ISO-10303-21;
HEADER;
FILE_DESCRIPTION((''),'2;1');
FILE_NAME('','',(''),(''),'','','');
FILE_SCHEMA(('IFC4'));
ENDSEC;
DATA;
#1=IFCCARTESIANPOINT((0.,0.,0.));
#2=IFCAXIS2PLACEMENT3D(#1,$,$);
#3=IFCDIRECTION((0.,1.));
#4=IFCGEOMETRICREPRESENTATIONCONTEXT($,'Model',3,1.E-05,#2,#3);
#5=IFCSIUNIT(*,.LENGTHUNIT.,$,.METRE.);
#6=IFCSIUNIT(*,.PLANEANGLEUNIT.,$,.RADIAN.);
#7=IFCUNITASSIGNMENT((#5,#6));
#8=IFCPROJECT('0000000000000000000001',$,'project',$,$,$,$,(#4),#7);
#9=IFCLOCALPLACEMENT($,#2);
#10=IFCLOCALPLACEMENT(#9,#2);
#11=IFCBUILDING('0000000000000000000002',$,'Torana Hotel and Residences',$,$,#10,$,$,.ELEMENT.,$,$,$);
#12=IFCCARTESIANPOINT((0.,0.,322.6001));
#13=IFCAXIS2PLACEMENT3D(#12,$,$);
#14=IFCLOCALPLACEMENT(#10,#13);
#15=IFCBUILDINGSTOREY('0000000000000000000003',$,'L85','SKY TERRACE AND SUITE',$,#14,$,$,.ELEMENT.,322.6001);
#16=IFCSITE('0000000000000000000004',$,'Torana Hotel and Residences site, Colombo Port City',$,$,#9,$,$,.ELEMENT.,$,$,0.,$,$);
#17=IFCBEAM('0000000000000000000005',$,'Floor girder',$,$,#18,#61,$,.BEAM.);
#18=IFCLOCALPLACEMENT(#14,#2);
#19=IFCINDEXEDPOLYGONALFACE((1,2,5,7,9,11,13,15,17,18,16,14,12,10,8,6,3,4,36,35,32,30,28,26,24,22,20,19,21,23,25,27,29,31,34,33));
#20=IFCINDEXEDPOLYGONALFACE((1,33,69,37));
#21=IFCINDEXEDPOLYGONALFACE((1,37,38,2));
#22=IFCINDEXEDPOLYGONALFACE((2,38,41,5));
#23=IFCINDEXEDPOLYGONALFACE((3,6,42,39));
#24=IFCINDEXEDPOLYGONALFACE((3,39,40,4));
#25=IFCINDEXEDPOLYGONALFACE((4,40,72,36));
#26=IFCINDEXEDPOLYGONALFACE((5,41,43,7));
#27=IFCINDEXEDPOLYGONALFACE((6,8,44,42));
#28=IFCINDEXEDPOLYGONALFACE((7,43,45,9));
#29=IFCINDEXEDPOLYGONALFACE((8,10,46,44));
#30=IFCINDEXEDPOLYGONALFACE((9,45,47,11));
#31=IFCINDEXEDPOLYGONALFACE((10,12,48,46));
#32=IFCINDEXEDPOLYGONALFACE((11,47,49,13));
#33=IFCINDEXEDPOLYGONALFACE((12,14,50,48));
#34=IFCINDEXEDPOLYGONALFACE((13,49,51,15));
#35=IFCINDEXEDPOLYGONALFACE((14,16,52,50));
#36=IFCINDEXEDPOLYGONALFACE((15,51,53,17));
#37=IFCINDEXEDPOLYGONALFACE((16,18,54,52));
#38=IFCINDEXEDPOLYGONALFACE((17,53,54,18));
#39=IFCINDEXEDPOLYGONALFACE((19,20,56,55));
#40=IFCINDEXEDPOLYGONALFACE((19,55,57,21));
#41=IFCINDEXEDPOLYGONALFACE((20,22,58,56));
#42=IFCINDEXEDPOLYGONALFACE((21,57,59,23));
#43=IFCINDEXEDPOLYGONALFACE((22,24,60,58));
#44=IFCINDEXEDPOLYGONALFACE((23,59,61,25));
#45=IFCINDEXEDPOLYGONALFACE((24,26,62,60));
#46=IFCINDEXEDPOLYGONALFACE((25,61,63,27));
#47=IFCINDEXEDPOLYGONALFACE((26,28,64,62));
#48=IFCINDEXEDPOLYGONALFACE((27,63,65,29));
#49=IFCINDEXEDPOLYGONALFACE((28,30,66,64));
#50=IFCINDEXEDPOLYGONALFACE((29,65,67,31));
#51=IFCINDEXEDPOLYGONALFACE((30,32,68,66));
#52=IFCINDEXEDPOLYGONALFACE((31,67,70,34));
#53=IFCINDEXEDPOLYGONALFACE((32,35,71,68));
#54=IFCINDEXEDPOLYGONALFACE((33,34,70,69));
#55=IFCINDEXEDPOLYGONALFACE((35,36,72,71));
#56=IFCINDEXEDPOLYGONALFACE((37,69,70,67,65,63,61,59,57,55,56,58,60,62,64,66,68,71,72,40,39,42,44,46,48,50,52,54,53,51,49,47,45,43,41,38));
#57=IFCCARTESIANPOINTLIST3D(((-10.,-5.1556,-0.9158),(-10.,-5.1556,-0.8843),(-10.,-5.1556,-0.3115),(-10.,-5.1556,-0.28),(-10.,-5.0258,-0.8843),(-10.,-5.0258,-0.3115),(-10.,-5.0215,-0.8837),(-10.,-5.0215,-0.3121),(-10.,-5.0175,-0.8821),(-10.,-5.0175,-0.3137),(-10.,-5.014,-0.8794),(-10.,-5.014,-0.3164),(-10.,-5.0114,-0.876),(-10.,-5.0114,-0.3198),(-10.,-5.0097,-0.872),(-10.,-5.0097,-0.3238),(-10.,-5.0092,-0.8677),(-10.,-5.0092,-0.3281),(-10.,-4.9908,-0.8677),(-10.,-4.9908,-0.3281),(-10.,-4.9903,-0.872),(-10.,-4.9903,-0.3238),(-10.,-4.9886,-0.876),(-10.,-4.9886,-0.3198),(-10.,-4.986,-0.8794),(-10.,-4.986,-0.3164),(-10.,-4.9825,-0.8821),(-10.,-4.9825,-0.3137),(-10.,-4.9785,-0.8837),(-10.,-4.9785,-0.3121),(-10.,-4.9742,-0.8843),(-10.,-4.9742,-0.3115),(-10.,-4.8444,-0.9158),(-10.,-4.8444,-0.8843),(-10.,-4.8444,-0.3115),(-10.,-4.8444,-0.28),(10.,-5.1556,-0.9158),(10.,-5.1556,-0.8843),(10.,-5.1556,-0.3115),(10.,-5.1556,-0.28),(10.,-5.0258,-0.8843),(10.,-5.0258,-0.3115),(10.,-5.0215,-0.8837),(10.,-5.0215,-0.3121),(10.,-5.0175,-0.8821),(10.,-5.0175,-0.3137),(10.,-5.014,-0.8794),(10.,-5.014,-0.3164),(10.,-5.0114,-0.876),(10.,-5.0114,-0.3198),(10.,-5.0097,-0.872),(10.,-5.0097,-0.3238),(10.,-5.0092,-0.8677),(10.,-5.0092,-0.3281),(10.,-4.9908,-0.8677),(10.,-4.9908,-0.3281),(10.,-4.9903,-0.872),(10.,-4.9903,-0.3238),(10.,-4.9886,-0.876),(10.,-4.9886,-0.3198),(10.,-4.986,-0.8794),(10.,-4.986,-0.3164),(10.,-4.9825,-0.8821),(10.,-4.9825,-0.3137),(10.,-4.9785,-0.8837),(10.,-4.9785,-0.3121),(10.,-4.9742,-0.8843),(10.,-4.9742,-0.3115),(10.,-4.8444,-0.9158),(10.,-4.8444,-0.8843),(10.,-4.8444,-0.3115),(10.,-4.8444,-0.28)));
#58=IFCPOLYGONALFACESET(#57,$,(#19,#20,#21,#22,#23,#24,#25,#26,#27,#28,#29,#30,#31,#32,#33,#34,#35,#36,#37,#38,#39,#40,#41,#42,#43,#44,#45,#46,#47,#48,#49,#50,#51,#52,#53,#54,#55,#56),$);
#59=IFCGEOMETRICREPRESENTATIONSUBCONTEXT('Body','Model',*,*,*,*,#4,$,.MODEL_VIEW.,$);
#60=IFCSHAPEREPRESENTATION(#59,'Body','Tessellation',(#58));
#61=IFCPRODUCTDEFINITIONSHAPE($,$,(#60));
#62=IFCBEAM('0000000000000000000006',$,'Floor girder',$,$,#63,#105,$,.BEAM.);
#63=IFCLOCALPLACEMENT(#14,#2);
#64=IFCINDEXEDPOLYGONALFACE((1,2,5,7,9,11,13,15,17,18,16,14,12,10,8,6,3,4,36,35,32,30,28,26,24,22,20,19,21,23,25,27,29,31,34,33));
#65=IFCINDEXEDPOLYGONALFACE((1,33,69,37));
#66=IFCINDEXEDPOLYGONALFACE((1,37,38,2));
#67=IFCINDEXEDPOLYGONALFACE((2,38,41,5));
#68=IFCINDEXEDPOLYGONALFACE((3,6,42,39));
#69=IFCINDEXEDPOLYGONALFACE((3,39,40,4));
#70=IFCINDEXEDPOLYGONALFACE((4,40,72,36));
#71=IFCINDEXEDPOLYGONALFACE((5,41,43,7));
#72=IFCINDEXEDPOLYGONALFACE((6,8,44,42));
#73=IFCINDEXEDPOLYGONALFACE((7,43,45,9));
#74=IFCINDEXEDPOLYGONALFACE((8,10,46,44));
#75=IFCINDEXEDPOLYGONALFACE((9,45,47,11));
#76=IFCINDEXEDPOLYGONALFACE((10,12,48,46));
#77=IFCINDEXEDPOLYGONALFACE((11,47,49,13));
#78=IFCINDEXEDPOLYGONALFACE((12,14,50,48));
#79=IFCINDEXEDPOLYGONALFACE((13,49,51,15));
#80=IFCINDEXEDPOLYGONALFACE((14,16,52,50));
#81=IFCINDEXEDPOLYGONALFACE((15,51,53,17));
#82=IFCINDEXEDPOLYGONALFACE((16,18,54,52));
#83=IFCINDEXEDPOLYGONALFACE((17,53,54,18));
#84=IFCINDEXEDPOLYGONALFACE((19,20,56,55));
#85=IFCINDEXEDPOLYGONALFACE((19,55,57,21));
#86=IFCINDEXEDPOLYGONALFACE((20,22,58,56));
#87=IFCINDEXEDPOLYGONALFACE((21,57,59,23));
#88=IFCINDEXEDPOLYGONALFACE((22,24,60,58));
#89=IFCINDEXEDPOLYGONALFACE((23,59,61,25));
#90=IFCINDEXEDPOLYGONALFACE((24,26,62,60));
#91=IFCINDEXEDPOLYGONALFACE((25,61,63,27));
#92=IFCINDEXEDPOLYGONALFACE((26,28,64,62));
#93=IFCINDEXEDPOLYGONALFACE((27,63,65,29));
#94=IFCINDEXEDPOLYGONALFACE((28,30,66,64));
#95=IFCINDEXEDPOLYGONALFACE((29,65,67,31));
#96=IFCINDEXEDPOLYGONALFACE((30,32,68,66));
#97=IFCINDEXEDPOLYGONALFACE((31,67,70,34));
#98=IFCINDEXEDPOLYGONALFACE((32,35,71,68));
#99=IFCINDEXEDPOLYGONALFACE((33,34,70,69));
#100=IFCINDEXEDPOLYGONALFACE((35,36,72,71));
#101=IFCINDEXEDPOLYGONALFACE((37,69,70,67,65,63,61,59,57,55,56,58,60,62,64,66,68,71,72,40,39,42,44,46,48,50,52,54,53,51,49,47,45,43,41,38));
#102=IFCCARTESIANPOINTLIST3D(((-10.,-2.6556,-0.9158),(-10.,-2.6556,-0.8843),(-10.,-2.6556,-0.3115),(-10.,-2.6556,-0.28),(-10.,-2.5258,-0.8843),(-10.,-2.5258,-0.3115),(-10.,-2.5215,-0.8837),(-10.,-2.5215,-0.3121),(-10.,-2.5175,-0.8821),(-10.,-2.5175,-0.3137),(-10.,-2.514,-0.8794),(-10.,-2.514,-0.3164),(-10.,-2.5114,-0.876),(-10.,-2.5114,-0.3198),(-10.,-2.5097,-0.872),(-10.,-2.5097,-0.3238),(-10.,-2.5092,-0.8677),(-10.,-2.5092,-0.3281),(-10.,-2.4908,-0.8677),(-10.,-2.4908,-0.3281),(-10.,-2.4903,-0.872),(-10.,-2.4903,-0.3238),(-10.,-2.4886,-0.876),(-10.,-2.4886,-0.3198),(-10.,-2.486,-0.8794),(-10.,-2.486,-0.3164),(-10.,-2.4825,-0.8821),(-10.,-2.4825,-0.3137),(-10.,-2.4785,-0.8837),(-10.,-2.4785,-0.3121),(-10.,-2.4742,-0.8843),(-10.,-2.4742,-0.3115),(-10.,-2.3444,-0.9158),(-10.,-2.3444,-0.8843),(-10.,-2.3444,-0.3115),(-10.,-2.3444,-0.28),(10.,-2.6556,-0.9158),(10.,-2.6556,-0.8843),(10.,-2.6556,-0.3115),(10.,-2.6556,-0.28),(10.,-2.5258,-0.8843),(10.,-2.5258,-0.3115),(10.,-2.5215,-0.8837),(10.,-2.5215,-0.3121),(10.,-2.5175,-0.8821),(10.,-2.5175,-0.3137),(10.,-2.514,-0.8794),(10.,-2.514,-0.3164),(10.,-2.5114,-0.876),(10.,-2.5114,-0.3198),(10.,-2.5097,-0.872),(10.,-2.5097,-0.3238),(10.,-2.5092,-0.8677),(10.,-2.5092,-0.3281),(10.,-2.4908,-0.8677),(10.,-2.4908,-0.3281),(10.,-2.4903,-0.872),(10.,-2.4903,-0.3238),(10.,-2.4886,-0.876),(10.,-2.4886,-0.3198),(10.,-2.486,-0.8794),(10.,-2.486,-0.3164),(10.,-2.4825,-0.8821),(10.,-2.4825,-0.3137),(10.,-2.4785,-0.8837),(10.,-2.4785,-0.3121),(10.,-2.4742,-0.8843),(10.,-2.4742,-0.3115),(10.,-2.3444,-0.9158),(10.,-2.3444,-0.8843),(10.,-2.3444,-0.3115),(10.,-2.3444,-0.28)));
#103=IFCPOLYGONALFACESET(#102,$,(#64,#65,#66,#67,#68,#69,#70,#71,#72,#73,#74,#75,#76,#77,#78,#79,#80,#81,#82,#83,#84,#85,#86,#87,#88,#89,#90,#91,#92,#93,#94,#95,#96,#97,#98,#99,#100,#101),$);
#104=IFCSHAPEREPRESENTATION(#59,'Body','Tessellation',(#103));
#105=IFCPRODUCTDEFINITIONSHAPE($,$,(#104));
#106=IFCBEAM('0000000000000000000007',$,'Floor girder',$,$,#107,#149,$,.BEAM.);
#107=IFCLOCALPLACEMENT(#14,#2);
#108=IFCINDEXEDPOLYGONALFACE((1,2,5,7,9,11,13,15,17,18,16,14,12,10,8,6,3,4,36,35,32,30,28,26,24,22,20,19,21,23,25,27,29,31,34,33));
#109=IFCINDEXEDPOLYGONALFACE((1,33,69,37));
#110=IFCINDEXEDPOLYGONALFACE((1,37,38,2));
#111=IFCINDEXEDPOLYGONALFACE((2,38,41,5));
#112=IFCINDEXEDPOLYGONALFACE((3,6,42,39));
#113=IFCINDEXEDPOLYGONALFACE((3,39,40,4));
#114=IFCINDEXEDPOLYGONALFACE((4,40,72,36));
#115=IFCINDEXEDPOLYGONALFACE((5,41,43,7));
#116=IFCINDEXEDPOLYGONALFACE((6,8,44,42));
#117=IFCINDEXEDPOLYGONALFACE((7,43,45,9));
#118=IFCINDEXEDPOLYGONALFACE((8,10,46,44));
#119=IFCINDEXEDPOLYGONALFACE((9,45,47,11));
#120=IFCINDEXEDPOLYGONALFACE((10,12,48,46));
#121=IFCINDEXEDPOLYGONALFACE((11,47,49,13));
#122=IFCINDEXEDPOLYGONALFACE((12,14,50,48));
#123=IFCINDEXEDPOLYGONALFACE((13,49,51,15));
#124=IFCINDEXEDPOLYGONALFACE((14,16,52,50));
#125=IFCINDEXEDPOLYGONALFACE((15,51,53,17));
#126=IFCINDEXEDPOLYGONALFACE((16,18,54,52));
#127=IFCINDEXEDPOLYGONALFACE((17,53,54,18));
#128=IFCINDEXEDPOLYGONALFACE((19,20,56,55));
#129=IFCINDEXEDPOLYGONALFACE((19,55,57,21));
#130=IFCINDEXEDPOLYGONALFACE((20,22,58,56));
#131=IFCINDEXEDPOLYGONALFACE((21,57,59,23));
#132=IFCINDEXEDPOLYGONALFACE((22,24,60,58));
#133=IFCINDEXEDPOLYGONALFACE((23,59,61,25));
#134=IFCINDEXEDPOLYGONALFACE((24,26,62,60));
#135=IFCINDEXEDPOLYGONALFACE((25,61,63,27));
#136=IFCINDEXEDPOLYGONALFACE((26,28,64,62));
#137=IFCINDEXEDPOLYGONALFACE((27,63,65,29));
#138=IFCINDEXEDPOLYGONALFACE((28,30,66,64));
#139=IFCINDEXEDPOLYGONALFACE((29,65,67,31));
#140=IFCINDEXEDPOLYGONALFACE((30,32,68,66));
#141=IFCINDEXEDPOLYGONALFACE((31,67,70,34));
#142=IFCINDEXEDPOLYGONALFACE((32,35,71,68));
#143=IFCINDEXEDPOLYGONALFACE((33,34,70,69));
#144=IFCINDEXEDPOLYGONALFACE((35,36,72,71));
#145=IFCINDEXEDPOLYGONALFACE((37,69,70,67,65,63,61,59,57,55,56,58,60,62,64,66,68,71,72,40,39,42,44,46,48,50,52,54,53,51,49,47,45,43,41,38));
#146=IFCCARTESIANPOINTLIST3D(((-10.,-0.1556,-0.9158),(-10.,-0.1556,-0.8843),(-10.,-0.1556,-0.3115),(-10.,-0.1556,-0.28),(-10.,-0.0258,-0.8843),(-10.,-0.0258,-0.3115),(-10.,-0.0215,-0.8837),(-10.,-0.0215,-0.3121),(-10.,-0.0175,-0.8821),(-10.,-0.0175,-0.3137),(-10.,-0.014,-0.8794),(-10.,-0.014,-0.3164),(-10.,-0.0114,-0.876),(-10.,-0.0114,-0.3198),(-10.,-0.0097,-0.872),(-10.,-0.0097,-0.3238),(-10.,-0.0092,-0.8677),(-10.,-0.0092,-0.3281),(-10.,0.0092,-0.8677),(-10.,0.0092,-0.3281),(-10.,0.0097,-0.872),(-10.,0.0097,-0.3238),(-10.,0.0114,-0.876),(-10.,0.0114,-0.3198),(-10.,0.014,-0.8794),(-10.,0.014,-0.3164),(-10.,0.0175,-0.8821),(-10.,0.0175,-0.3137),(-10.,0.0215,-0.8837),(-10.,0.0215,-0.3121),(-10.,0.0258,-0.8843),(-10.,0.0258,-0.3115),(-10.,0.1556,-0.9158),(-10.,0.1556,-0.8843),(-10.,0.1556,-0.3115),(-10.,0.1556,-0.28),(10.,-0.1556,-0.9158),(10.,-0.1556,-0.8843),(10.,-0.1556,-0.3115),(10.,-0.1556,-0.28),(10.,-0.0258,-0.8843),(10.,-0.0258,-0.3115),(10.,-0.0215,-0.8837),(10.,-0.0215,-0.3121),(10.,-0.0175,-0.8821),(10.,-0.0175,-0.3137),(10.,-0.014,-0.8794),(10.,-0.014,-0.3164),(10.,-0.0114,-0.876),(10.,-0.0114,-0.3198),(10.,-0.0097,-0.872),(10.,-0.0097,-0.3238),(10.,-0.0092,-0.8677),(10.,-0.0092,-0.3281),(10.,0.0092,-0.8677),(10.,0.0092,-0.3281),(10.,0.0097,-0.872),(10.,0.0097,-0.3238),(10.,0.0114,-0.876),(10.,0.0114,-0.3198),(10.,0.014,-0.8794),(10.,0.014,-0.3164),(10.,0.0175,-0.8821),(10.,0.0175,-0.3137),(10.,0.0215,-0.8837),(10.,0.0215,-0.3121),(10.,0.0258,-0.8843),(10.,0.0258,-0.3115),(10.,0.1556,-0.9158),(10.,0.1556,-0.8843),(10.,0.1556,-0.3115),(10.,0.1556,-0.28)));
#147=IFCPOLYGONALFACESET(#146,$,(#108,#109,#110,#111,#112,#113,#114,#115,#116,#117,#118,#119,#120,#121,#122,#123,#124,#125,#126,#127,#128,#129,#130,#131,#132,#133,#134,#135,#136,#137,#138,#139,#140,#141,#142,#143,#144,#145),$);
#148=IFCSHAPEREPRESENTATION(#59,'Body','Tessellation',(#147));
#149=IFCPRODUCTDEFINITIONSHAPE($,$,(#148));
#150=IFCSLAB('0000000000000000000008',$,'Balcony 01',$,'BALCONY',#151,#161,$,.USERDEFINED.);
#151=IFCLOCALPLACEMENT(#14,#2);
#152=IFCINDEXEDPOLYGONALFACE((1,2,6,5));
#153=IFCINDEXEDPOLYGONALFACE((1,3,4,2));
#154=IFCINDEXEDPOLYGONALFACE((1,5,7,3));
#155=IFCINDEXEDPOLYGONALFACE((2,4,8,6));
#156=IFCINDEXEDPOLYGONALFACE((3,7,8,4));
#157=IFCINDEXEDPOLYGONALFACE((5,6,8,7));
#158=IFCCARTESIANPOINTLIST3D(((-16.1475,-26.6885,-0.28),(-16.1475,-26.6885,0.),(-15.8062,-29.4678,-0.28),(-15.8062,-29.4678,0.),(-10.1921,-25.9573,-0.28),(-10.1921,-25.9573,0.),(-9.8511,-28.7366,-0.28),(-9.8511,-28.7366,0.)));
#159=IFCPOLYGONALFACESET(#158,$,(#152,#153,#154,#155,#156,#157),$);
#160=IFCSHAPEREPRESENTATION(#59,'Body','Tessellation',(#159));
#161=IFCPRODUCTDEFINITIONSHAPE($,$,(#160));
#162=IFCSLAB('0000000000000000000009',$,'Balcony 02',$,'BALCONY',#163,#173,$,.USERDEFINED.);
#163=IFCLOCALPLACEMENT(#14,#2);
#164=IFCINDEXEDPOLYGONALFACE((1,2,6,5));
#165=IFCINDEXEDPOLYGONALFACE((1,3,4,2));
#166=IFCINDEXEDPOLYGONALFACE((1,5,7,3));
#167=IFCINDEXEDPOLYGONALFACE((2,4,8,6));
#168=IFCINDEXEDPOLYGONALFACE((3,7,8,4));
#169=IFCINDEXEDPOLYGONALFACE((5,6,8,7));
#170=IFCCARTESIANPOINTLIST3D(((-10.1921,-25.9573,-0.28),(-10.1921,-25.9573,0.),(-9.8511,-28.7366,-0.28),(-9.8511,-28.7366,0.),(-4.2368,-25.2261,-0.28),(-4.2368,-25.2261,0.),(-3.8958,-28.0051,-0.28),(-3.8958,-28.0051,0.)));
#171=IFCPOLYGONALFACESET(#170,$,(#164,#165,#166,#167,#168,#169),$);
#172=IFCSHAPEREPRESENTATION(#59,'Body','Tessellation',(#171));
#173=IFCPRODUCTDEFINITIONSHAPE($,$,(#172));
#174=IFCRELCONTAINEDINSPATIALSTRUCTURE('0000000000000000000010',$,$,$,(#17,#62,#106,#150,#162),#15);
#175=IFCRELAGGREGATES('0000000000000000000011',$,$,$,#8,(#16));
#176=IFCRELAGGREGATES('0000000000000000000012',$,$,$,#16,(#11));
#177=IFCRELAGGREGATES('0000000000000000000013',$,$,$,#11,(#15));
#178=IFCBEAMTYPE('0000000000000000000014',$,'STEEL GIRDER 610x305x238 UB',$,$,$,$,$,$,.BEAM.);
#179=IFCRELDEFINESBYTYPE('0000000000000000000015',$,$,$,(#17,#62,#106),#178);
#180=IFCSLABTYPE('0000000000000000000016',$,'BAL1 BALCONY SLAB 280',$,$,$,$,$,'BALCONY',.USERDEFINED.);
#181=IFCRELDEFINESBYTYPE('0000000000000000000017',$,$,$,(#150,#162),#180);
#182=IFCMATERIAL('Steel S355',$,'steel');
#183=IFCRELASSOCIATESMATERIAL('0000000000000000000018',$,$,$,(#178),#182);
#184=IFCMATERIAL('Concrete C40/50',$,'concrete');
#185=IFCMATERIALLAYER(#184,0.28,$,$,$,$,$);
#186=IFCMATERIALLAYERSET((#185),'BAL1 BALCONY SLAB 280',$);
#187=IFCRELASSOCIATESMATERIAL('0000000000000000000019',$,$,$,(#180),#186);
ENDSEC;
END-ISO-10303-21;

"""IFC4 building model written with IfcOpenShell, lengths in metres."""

from ifc_helpers import new_model, si_unit, direction, frame, origin, origin_2d, place, context, subcontext, project, spatial, polyline, i_section, outline, extrude, material, layer, layer_set, material_profile, profile_set, type_object, element, save


model = new_model("IFC4")

# Units and contexts
model_context = context("Model", 3, precision=1e-05, world=origin(), true_north=direction((0.0, 1.0)))
body_context = subcontext(model_context, "Body", "Model", "MODEL_VIEW")
ifc_project = project(units=[si_unit("LENGTHUNIT", "METRE"), si_unit("PLANEANGLEUNIT", "RADIAN")], contexts=[model_context])

# Site, building, storey
site_placement = place(None, origin())
site = spatial("IfcSite", under=ifc_project, at=site_placement, Name="Torana Hotel and Residences site, Colombo Port City", CompositionType="ELEMENT", RefElevation=0.0)
building_placement = place(site_placement, origin())
building = spatial("IfcBuilding", under=site, at=building_placement, Name="Torana Hotel and Residences", CompositionType="ELEMENT")
storey_placement = place(building_placement, frame((0.0, 0.0, 322.6001)))
storey = spatial("IfcBuildingStorey", under=building, at=storey_placement, Name="L85", Description="SKY TERRACE AND SUITE", CompositionType="ELEMENT", Elevation=322.6001)

# Beams
ifc_material_1 = material(Name="Steel S355", Category="steel")
ifc_material_profile = material_profile(ifc_material_1, i_section(OverallWidth=0.3113, OverallDepth=0.6357, WebThickness=0.0183, FlangeThickness=0.0315, FilletRadius=0.0166, at=origin_2d()), Name="610x305x238 UB")
ifc_profile_set = profile_set([ifc_material_profile], Name="Steel S355")
beam_type = type_object("IfcBeamType", Name="STEEL GIRDER 610x305x238 UB", PredefinedType="BEAM", material=ifc_profile_set)
for number, where, z_axis, x_axis, name in (
    (1, (-10.0, -5.0, -0.5979), (1.0, 0.0, 0.0), (0.0, 1.0, 0.0), "Floor girder"),
    (2, (-10.0, -2.5, -0.5979), (1.0, 0.0, 0.0), (0.0, 1.0, 0.0), "Floor girder"),
    (3, (-10.0, 0.0, -0.5979), (1.0, 0.0, 0.0), (0.0, 1.0, 0.0), "Floor girder"),
):
    element("IfcBeam", number, at=place(storey_placement, frame(where, z_axis=z_axis, x_axis=x_axis)), inside=storey, type_object=beam_type, Name=name, PredefinedType="BEAM", context=body_context, shape_type="SweptSolid", body=[
        extrude(i_section(OverallWidth=0.3113, OverallDepth=0.6357, WebThickness=0.0183, FlangeThickness=0.0315, FilletRadius=0.0166, at=origin_2d()), origin(), (0.0, 0.0, 1.0), 20.0),
    ])

# Slabs
ifc_material_2 = material(Name="Concrete C40/50", Category="concrete")
ifc_layer_1 = layer(ifc_material_2, 0.28)
ifc_layer_set_1 = layer_set([ifc_layer_1], Name="BAL1 BALCONY SLAB 280")
slab_type_1 = type_object("IfcSlabType", Name="BAL1 BALCONY SLAB 280", ElementType="BALCONY", PredefinedType="USERDEFINED", material=ifc_layer_set_1)
slab_1_placement = place(storey_placement, frame((0.0, 0.0, -0.28)))
element("IfcSlab", 4, at=slab_1_placement, inside=storey, type_object=slab_type_1, Name="Balcony 01", ObjectType="BALCONY", PredefinedType="USERDEFINED", context=body_context, shape_type="SweptSolid", body=[
    extrude(outline(polyline([(-15.8062, -29.4678), (-9.8511, -28.7366), (-10.1921, -25.9573), (-16.1475, -26.6885), (-15.8062, -29.4678)])), origin(), (0.0, 0.0, 1.0), 0.28),
])
slab_2_placement = place(storey_placement, frame((0.0, 0.0, -0.28)))
element("IfcSlab", 5, at=slab_2_placement, inside=storey, type_object=slab_type_1, Name="Balcony 02", ObjectType="BALCONY", PredefinedType="USERDEFINED", context=body_context, shape_type="SweptSolid", body=[
    extrude(outline(polyline([(-9.8511, -28.7366), (-3.8958, -28.0051), (-4.2368, -25.2261), (-10.1921, -25.9573), (-9.8511, -28.7366)])), origin(), (0.0, 0.0, 1.0), 0.28),
])

save(model, "model.ifc")
